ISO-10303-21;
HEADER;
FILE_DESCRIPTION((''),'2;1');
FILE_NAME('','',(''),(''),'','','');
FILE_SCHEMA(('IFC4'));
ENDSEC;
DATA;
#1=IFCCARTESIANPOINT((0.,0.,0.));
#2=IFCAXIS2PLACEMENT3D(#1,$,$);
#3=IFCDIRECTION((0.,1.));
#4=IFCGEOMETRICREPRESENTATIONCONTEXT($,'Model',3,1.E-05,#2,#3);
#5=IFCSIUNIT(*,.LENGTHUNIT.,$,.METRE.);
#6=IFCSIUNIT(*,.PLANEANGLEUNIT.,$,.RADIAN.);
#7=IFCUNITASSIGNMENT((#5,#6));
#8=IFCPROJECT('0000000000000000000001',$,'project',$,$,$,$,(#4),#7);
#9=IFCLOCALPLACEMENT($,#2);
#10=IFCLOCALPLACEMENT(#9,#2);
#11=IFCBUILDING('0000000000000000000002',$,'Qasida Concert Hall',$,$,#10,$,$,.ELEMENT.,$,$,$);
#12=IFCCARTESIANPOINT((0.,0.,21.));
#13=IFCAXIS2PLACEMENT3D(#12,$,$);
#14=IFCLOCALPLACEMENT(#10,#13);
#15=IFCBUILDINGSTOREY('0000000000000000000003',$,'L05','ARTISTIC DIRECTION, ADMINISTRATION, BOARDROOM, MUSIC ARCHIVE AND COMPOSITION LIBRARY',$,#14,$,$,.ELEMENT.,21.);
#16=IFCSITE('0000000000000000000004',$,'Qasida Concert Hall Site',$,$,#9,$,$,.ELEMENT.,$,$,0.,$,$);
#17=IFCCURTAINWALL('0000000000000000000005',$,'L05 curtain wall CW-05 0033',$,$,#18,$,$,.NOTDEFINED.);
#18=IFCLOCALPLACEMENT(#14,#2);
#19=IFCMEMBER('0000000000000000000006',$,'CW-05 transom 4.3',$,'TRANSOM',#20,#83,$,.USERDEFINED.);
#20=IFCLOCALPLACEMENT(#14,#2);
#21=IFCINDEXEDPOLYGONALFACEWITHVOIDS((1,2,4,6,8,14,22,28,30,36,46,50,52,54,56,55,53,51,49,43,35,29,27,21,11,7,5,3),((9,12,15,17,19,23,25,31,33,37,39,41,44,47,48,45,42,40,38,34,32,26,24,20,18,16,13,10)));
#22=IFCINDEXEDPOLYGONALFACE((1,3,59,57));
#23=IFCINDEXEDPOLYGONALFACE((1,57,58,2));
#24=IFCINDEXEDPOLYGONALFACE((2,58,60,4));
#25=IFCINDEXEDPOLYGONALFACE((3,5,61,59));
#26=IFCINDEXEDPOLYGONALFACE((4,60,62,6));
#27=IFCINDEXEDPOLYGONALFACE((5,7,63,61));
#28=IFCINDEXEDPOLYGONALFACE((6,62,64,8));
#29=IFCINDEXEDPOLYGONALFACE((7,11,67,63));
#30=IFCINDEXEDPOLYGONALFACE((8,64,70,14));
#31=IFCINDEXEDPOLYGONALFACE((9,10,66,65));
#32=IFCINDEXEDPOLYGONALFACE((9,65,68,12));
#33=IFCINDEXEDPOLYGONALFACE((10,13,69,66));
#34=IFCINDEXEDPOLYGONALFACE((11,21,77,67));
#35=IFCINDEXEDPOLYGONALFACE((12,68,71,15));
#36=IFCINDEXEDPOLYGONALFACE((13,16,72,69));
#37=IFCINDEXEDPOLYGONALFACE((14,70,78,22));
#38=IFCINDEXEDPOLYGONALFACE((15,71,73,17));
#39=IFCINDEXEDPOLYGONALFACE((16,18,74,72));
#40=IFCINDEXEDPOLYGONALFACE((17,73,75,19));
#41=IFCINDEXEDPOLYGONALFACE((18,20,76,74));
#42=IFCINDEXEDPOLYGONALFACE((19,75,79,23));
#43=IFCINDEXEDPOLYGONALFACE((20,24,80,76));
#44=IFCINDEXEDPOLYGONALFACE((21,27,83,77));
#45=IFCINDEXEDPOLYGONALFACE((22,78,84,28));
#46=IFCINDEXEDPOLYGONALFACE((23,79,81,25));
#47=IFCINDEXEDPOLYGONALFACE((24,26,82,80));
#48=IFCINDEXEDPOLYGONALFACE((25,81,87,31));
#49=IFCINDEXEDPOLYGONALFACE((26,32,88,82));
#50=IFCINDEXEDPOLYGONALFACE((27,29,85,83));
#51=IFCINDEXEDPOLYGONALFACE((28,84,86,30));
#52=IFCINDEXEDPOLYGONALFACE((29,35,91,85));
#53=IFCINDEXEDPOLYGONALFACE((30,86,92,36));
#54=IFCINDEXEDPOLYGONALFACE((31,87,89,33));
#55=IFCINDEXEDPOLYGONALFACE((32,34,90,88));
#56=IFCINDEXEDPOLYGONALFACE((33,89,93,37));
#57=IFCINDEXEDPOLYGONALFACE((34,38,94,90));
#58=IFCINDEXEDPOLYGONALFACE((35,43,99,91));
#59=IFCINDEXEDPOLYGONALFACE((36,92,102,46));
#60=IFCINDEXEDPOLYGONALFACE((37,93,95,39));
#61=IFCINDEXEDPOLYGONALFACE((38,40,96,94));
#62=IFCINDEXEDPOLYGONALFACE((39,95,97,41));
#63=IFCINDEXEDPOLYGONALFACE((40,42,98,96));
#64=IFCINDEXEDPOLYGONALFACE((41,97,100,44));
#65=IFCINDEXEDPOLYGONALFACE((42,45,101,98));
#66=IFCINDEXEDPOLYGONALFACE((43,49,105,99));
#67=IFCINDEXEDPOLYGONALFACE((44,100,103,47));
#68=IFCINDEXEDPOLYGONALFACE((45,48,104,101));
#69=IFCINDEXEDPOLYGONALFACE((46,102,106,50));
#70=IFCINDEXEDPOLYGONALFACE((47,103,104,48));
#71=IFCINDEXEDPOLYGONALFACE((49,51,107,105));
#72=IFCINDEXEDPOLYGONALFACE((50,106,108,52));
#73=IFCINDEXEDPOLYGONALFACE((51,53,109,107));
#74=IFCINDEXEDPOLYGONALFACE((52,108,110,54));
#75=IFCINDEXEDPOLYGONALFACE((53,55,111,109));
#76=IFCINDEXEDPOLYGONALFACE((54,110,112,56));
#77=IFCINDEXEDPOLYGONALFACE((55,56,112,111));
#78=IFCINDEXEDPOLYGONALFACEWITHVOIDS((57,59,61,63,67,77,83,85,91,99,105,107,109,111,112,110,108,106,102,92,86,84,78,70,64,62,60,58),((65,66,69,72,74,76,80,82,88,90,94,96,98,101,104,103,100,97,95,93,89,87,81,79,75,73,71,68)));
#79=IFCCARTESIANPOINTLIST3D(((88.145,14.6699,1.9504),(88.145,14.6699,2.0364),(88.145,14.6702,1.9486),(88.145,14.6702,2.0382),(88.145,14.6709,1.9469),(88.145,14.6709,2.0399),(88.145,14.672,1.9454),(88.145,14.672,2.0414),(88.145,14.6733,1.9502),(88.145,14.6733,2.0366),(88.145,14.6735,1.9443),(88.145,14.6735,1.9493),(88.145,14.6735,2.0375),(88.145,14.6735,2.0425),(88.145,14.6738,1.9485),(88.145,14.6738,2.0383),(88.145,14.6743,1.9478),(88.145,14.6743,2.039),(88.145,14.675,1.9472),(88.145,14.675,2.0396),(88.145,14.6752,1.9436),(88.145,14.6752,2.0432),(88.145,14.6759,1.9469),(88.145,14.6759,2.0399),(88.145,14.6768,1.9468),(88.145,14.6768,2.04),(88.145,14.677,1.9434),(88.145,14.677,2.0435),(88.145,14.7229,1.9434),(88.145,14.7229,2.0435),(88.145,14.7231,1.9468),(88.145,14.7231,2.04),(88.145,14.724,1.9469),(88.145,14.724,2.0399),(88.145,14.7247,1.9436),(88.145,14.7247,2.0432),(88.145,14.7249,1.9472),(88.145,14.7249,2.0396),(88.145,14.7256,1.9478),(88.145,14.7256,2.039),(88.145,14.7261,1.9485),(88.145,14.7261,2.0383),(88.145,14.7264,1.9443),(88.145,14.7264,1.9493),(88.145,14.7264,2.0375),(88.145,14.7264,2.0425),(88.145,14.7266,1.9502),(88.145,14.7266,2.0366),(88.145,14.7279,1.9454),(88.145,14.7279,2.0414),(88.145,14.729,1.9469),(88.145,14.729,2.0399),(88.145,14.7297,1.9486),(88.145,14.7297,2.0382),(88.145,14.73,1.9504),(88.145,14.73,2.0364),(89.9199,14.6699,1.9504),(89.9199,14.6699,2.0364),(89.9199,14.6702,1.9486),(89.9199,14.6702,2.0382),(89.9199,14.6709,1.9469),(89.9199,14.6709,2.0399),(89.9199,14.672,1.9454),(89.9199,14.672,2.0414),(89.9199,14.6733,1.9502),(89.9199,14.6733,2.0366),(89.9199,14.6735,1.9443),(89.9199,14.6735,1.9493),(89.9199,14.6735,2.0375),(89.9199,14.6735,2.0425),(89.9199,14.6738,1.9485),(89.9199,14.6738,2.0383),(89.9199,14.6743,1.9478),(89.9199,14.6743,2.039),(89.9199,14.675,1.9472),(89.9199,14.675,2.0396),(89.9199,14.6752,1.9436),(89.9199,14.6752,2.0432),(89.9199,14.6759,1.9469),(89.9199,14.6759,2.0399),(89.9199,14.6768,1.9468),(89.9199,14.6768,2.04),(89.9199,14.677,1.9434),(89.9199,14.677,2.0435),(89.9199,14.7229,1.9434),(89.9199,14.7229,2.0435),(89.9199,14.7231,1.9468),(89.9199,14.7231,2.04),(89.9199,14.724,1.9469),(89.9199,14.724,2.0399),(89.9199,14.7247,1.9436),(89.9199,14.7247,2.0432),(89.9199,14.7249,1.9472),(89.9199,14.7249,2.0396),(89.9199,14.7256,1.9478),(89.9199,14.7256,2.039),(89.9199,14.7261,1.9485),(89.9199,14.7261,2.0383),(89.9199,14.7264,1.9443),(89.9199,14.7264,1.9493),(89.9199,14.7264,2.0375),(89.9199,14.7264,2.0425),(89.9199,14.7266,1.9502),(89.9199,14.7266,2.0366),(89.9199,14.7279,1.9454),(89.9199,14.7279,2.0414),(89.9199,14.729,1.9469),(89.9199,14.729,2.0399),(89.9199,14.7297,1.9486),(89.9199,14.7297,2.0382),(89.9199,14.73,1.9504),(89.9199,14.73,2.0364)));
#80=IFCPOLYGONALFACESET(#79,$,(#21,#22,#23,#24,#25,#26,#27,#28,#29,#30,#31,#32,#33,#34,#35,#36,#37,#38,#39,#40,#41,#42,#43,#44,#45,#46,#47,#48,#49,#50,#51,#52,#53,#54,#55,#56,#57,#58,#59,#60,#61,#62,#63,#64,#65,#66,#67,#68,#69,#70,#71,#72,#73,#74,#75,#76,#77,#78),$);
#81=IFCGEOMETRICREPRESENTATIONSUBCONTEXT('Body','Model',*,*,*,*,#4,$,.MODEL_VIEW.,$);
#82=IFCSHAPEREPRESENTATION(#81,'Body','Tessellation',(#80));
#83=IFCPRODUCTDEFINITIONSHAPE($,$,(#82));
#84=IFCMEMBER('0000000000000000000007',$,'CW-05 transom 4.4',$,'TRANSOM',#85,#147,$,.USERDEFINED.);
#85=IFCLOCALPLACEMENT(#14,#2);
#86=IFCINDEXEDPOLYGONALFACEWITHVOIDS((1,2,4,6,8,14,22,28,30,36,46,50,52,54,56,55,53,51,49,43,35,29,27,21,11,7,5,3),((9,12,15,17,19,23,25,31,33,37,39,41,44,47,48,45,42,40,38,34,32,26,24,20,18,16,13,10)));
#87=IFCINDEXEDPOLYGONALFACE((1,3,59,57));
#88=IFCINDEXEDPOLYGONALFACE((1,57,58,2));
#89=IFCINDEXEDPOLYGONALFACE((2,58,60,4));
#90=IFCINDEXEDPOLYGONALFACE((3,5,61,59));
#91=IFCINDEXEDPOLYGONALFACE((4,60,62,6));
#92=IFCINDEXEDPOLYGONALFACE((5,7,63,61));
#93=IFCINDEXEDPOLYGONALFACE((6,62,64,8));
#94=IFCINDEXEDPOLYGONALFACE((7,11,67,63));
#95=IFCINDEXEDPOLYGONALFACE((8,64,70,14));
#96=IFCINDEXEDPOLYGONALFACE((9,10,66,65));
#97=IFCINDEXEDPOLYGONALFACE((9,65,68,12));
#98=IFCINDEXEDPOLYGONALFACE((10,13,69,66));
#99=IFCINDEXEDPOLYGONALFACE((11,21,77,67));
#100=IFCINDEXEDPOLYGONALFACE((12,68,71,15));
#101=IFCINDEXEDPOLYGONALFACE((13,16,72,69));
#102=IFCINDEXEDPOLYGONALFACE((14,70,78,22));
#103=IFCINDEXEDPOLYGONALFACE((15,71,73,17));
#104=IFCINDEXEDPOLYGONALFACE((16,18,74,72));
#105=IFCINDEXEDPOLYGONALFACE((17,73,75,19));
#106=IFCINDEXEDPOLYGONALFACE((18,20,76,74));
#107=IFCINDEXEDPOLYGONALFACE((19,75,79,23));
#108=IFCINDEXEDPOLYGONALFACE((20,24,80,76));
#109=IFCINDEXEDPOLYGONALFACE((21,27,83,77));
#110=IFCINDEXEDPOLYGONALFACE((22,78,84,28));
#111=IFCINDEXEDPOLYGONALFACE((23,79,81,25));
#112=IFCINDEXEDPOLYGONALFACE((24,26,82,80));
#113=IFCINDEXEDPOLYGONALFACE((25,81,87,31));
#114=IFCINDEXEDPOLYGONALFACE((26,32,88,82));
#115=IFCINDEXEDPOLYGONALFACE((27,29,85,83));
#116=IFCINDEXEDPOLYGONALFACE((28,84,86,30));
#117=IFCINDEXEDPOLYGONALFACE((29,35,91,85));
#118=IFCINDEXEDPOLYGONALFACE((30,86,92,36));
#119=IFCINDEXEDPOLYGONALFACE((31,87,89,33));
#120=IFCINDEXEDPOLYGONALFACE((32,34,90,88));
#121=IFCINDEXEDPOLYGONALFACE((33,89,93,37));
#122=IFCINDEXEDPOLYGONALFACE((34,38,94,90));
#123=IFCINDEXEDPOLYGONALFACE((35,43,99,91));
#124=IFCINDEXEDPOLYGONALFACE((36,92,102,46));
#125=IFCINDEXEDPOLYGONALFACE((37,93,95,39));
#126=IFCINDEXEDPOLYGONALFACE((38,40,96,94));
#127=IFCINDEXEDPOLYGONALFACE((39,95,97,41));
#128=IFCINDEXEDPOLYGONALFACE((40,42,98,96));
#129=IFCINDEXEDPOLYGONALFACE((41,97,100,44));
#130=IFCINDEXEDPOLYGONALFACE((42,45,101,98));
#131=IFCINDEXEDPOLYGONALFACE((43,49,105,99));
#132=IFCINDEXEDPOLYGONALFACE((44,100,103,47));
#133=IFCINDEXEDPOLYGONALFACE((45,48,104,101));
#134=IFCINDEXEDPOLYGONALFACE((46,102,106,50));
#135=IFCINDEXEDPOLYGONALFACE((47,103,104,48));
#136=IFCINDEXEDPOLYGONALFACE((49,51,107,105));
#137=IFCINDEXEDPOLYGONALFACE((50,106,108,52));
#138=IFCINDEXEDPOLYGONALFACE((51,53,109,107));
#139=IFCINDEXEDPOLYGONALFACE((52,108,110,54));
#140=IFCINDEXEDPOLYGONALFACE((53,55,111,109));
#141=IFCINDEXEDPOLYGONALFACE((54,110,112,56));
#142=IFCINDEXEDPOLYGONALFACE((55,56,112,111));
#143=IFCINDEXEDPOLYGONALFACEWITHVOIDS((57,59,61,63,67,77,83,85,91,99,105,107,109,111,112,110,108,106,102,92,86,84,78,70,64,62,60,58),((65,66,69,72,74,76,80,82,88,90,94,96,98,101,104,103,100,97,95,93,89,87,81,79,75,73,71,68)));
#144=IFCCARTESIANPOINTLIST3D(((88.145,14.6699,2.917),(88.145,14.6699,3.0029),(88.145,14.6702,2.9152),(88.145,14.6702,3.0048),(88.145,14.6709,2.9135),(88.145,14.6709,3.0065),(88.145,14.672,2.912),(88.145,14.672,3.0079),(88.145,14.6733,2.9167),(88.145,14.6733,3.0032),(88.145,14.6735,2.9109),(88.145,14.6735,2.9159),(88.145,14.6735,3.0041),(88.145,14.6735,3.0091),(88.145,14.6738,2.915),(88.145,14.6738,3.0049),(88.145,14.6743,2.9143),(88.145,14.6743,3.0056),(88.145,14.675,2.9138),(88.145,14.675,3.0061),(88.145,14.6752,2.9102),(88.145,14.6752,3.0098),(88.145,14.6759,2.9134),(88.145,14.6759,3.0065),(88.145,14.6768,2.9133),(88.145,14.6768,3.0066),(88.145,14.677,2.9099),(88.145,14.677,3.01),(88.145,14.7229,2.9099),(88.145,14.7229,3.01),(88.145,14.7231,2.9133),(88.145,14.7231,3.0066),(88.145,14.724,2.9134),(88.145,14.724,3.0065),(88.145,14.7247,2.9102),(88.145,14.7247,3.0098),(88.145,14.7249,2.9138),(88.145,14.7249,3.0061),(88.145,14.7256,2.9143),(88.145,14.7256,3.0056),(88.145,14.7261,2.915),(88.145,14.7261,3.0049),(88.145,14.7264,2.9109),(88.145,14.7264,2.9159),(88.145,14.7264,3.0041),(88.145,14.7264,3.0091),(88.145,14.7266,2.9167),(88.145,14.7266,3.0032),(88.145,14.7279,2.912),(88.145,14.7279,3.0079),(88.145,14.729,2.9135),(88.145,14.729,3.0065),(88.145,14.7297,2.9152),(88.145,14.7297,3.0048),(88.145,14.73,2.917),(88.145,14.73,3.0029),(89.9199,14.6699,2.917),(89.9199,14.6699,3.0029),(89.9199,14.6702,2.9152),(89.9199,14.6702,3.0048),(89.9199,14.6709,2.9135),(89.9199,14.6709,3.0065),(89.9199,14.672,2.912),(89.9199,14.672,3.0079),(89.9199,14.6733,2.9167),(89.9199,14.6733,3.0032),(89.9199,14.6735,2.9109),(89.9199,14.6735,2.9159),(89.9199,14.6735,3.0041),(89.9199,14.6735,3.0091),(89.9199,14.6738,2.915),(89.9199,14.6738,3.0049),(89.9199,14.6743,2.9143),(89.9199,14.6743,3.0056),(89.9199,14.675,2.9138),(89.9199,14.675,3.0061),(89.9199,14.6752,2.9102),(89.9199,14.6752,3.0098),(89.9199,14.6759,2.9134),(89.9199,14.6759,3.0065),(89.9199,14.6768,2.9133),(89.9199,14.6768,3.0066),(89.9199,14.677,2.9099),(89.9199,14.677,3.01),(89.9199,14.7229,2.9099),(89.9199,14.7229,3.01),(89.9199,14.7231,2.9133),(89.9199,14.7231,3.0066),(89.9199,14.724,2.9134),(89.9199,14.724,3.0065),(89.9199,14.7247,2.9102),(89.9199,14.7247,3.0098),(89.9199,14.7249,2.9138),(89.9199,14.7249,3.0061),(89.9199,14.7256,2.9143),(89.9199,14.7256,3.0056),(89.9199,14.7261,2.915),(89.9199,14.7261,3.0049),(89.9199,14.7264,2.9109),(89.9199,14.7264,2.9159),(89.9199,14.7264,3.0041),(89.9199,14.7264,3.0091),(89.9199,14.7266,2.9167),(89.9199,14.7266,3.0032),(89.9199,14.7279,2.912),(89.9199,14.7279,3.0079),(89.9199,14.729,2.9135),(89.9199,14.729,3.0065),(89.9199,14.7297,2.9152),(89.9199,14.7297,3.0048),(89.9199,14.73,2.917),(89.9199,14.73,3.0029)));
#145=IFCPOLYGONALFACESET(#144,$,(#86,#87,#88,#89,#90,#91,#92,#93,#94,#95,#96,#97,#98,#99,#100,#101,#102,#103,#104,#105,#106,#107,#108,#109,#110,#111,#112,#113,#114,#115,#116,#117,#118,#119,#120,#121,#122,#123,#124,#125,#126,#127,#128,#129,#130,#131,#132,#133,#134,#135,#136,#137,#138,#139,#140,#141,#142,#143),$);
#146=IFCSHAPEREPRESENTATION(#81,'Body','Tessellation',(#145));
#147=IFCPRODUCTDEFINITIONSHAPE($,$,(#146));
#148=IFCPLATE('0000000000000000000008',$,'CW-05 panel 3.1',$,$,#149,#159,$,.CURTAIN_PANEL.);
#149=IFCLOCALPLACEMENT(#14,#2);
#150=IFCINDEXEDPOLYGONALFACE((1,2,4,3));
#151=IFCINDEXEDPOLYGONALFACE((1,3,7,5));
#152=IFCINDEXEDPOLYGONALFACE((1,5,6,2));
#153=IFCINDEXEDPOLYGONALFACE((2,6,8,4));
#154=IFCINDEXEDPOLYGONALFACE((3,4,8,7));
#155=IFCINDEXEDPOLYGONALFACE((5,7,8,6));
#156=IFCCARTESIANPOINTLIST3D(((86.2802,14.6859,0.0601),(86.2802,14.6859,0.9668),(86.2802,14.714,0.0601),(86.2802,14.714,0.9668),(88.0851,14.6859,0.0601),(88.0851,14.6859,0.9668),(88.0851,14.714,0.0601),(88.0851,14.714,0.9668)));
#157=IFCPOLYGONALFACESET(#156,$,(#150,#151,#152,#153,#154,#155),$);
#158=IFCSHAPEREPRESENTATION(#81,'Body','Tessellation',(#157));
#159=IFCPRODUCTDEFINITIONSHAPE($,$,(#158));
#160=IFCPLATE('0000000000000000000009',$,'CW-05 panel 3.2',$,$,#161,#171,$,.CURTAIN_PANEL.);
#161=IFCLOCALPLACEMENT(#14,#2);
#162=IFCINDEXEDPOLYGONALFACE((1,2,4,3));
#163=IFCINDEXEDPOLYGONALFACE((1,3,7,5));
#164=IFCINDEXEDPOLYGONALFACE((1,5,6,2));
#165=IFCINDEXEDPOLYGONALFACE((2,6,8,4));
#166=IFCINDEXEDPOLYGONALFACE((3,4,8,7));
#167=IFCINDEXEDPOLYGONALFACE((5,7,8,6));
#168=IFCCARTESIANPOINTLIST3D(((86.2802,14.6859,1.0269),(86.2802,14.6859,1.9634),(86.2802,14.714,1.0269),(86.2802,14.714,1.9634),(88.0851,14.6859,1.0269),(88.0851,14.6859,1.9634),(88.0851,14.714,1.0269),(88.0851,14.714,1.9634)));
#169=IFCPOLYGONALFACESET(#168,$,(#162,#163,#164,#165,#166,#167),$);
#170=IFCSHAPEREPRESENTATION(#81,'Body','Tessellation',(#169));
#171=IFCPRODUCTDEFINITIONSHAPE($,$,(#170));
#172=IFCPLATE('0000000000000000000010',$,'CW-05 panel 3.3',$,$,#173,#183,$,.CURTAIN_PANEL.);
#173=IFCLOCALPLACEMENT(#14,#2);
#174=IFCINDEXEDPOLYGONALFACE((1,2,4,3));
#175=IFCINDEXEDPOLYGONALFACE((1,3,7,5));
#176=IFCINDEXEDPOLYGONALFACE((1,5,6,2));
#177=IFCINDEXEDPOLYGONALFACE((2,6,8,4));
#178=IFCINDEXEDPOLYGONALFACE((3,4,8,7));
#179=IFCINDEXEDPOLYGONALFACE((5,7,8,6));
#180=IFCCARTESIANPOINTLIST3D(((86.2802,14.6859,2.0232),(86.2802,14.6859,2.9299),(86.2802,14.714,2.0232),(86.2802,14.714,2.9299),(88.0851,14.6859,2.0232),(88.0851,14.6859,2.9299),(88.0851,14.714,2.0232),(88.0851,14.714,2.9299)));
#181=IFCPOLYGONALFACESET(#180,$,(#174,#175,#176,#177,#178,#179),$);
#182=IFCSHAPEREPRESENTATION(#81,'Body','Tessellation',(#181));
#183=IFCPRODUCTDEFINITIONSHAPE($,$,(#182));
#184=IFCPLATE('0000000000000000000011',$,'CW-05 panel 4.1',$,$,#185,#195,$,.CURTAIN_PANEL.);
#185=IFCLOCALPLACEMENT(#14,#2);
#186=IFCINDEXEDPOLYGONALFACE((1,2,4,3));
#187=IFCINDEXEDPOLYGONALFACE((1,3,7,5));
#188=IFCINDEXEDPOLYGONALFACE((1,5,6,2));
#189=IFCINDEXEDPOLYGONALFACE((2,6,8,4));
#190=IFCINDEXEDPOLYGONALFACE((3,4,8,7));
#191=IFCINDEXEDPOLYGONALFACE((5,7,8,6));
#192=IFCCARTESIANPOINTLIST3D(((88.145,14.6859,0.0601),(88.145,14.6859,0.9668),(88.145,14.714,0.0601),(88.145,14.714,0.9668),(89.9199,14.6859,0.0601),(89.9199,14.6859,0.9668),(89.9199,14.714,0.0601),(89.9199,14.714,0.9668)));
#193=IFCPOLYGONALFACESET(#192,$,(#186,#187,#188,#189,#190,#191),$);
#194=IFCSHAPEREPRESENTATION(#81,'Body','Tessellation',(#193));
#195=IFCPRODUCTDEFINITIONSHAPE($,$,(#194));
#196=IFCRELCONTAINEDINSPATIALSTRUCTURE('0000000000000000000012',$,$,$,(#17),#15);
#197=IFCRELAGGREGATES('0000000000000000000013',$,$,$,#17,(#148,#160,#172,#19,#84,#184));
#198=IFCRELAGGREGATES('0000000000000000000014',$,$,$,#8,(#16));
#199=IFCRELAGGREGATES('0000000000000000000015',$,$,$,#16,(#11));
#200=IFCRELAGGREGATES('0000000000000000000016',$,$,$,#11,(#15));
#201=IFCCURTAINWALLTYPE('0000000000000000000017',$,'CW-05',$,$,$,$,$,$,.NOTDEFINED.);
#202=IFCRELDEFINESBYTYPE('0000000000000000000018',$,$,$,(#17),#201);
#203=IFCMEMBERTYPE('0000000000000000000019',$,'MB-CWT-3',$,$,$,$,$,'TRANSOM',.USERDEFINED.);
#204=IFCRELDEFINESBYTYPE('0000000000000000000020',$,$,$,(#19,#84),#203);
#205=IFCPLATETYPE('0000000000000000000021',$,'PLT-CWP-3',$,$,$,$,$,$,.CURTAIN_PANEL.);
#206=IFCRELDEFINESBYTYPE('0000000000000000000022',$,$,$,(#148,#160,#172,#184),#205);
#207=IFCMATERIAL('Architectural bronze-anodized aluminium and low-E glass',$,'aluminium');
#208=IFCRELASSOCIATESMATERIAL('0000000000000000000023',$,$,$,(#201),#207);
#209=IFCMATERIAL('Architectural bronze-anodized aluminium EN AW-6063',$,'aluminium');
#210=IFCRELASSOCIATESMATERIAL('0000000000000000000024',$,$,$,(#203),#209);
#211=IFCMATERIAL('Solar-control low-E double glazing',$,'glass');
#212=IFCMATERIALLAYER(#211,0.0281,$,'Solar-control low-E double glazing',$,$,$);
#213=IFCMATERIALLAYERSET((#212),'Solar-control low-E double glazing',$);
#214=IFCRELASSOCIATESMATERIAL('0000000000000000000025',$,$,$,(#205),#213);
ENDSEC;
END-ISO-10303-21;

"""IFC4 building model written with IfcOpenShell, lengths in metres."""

from ifc_helpers import new_model, si_unit, direction, frame, origin, origin_2d, place, context, subcontext, project, spatial, rectangle, hollow_rectangle, extrude, material, layer, layer_set, material_profile, profile_set, type_object, element, aggregate, save


model = new_model("IFC4")

# Units and contexts
model_context = context("Model", 3, precision=1e-05, world=origin(), true_north=direction((0.0, 1.0)))
body_context = subcontext(model_context, "Body", "Model", "MODEL_VIEW")
ifc_project = project(units=[si_unit("LENGTHUNIT", "METRE"), si_unit("PLANEANGLEUNIT", "RADIAN")], contexts=[model_context])

# Site, building, storey
site_placement = place(None, origin())
site = spatial("IfcSite", under=ifc_project, at=site_placement, Name="Qasida Concert Hall Site", CompositionType="ELEMENT", RefElevation=0.0)
building_placement = place(site_placement, origin())
building = spatial("IfcBuilding", under=site, at=building_placement, Name="Qasida Concert Hall", CompositionType="ELEMENT")
storey_placement = place(building_placement, frame((0.0, 0.0, 21.0)))
storey = spatial("IfcBuildingStorey", under=building, at=storey_placement, Name="L05", Description="ARTISTIC DIRECTION, ADMINISTRATION, BOARDROOM, MUSIC ARCHIVE AND COMPOSITION LIBRARY", CompositionType="ELEMENT", Elevation=21.0)

# Curtain wall, members, plates
ifc_material_1 = material(Name="Architectural bronze-anodized aluminium and low-E glass", Category="aluminium")
curtain_wall_type = type_object("IfcCurtainWallType", Name="CW-05", PredefinedType="NOTDEFINED", material=ifc_material_1)
curtain_wall_placement = place(storey_placement, origin())
curtain_wall = element("IfcCurtainWall", 1, at=curtain_wall_placement, inside=storey, type_object=curtain_wall_type, Name="L05 curtain wall CW-05 0033", PredefinedType="NOTDEFINED")
ifc_material_2 = material(Name="Architectural bronze-anodized aluminium EN AW-6063", Category="aluminium")
ifc_material_profile_1 = material_profile(ifc_material_2, hollow_rectangle(XDim=0.0601, YDim=0.1001, WallThickness=0.0034, InnerFilletRadius=0.0034, OuterFilletRadius=0.0071, at=origin_2d()), Name="CWT 100x60x3.5")
ifc_profile_set_1 = profile_set([ifc_material_profile_1], Name="Architectural bronze-anodized aluminium EN AW-6063")
member_type_1 = type_object("IfcMemberType", Name="MB-CWT-3", ElementType="TRANSOM", PredefinedType="USERDEFINED", material=ifc_profile_set_1)
member_1_placement = place(storey_placement, frame((88.145, 14.7, 1.9934), z_axis=(1.0, 0.0, 0.0), x_axis=(0.0, 1.0, 0.0)))
member_1 = element("IfcMember", 2, at=member_1_placement, type_object=member_type_1, Name="CW-05 transom 4.3", ObjectType="TRANSOM", PredefinedType="USERDEFINED", context=body_context, shape_type="SweptSolid", body=[
    extrude(hollow_rectangle(XDim=0.0601, YDim=0.1001, WallThickness=0.0034, InnerFilletRadius=0.0034, OuterFilletRadius=0.0071, at=origin_2d()), origin(), (0.0, 0.0, 1.0), 1.7749),
])
member_2_placement = place(storey_placement, frame((88.145, 14.7, 2.96), z_axis=(1.0, 0.0, 0.0), x_axis=(0.0, 1.0, 0.0)))
member_2 = element("IfcMember", 3, at=member_2_placement, type_object=member_type_1, Name="CW-05 transom 4.4", ObjectType="TRANSOM", PredefinedType="USERDEFINED", context=body_context, shape_type="SweptSolid", body=[
    extrude(hollow_rectangle(XDim=0.0601, YDim=0.1001, WallThickness=0.0034, InnerFilletRadius=0.0034, OuterFilletRadius=0.0071, at=origin_2d()), origin(), (0.0, 0.0, 1.0), 1.7749),
])
ifc_material_3 = material(Name="Solar-control low-E double glazing", Category="glass")
ifc_layer_1 = layer(ifc_material_3, 0.0281, Name="Solar-control low-E double glazing")
ifc_layer_set_1 = layer_set([ifc_layer_1], Name="Solar-control low-E double glazing")
plate_type = type_object("IfcPlateType", Name="PLT-CWP-3", PredefinedType="CURTAIN_PANEL", material=ifc_layer_set_1)
plate_1_placement = place(storey_placement, frame((87.1826, 14.7, 0.0601), z_axis=(0.0, 0.0, 1.0), x_axis=(1.0, 0.0, 0.0)))
plate_1 = element("IfcPlate", 4, at=plate_1_placement, type_object=plate_type, Name="CW-05 panel 3.1", PredefinedType="CURTAIN_PANEL", context=body_context, shape_type="SweptSolid", body=[
    extrude(rectangle(XDim=1.8049, YDim=0.0281, at=origin_2d()), origin(), (0.0, 0.0, 1.0), 0.9067),
])
plate_2_placement = place(storey_placement, frame((87.1826, 14.7, 1.0269), z_axis=(0.0, 0.0, 1.0), x_axis=(1.0, 0.0, 0.0)))
plate_2 = element("IfcPlate", 5, at=plate_2_placement, type_object=plate_type, Name="CW-05 panel 3.2", PredefinedType="CURTAIN_PANEL", context=body_context, shape_type="SweptSolid", body=[
    extrude(rectangle(XDim=1.8049, YDim=0.0281, at=origin_2d()), origin(), (0.0, 0.0, 1.0), 0.9365),
])
plate_3_placement = place(storey_placement, frame((87.1826, 14.7, 2.0232), z_axis=(0.0, 0.0, 1.0), x_axis=(1.0, 0.0, 0.0)))
plate_3 = element("IfcPlate", 6, at=plate_3_placement, type_object=plate_type, Name="CW-05 panel 3.3", PredefinedType="CURTAIN_PANEL", context=body_context, shape_type="SweptSolid", body=[
    extrude(rectangle(XDim=1.8049, YDim=0.0281, at=origin_2d()), origin(), (0.0, 0.0, 1.0), 0.9067),
])
plate_4_placement = place(storey_placement, frame((89.0325, 14.7, 0.0601), z_axis=(0.0, 0.0, 1.0), x_axis=(1.0, 0.0, 0.0)))
plate_4 = element("IfcPlate", 7, at=plate_4_placement, type_object=plate_type, Name="CW-05 panel 4.1", PredefinedType="CURTAIN_PANEL", context=body_context, shape_type="SweptSolid", body=[
    extrude(rectangle(XDim=1.7749, YDim=0.0281, at=origin_2d()), origin(), (0.0, 0.0, 1.0), 0.9067),
])
aggregate(curtain_wall, [plate_1, plate_2, plate_3, member_1, member_2, plate_4])

save(model, "model.ifc")
